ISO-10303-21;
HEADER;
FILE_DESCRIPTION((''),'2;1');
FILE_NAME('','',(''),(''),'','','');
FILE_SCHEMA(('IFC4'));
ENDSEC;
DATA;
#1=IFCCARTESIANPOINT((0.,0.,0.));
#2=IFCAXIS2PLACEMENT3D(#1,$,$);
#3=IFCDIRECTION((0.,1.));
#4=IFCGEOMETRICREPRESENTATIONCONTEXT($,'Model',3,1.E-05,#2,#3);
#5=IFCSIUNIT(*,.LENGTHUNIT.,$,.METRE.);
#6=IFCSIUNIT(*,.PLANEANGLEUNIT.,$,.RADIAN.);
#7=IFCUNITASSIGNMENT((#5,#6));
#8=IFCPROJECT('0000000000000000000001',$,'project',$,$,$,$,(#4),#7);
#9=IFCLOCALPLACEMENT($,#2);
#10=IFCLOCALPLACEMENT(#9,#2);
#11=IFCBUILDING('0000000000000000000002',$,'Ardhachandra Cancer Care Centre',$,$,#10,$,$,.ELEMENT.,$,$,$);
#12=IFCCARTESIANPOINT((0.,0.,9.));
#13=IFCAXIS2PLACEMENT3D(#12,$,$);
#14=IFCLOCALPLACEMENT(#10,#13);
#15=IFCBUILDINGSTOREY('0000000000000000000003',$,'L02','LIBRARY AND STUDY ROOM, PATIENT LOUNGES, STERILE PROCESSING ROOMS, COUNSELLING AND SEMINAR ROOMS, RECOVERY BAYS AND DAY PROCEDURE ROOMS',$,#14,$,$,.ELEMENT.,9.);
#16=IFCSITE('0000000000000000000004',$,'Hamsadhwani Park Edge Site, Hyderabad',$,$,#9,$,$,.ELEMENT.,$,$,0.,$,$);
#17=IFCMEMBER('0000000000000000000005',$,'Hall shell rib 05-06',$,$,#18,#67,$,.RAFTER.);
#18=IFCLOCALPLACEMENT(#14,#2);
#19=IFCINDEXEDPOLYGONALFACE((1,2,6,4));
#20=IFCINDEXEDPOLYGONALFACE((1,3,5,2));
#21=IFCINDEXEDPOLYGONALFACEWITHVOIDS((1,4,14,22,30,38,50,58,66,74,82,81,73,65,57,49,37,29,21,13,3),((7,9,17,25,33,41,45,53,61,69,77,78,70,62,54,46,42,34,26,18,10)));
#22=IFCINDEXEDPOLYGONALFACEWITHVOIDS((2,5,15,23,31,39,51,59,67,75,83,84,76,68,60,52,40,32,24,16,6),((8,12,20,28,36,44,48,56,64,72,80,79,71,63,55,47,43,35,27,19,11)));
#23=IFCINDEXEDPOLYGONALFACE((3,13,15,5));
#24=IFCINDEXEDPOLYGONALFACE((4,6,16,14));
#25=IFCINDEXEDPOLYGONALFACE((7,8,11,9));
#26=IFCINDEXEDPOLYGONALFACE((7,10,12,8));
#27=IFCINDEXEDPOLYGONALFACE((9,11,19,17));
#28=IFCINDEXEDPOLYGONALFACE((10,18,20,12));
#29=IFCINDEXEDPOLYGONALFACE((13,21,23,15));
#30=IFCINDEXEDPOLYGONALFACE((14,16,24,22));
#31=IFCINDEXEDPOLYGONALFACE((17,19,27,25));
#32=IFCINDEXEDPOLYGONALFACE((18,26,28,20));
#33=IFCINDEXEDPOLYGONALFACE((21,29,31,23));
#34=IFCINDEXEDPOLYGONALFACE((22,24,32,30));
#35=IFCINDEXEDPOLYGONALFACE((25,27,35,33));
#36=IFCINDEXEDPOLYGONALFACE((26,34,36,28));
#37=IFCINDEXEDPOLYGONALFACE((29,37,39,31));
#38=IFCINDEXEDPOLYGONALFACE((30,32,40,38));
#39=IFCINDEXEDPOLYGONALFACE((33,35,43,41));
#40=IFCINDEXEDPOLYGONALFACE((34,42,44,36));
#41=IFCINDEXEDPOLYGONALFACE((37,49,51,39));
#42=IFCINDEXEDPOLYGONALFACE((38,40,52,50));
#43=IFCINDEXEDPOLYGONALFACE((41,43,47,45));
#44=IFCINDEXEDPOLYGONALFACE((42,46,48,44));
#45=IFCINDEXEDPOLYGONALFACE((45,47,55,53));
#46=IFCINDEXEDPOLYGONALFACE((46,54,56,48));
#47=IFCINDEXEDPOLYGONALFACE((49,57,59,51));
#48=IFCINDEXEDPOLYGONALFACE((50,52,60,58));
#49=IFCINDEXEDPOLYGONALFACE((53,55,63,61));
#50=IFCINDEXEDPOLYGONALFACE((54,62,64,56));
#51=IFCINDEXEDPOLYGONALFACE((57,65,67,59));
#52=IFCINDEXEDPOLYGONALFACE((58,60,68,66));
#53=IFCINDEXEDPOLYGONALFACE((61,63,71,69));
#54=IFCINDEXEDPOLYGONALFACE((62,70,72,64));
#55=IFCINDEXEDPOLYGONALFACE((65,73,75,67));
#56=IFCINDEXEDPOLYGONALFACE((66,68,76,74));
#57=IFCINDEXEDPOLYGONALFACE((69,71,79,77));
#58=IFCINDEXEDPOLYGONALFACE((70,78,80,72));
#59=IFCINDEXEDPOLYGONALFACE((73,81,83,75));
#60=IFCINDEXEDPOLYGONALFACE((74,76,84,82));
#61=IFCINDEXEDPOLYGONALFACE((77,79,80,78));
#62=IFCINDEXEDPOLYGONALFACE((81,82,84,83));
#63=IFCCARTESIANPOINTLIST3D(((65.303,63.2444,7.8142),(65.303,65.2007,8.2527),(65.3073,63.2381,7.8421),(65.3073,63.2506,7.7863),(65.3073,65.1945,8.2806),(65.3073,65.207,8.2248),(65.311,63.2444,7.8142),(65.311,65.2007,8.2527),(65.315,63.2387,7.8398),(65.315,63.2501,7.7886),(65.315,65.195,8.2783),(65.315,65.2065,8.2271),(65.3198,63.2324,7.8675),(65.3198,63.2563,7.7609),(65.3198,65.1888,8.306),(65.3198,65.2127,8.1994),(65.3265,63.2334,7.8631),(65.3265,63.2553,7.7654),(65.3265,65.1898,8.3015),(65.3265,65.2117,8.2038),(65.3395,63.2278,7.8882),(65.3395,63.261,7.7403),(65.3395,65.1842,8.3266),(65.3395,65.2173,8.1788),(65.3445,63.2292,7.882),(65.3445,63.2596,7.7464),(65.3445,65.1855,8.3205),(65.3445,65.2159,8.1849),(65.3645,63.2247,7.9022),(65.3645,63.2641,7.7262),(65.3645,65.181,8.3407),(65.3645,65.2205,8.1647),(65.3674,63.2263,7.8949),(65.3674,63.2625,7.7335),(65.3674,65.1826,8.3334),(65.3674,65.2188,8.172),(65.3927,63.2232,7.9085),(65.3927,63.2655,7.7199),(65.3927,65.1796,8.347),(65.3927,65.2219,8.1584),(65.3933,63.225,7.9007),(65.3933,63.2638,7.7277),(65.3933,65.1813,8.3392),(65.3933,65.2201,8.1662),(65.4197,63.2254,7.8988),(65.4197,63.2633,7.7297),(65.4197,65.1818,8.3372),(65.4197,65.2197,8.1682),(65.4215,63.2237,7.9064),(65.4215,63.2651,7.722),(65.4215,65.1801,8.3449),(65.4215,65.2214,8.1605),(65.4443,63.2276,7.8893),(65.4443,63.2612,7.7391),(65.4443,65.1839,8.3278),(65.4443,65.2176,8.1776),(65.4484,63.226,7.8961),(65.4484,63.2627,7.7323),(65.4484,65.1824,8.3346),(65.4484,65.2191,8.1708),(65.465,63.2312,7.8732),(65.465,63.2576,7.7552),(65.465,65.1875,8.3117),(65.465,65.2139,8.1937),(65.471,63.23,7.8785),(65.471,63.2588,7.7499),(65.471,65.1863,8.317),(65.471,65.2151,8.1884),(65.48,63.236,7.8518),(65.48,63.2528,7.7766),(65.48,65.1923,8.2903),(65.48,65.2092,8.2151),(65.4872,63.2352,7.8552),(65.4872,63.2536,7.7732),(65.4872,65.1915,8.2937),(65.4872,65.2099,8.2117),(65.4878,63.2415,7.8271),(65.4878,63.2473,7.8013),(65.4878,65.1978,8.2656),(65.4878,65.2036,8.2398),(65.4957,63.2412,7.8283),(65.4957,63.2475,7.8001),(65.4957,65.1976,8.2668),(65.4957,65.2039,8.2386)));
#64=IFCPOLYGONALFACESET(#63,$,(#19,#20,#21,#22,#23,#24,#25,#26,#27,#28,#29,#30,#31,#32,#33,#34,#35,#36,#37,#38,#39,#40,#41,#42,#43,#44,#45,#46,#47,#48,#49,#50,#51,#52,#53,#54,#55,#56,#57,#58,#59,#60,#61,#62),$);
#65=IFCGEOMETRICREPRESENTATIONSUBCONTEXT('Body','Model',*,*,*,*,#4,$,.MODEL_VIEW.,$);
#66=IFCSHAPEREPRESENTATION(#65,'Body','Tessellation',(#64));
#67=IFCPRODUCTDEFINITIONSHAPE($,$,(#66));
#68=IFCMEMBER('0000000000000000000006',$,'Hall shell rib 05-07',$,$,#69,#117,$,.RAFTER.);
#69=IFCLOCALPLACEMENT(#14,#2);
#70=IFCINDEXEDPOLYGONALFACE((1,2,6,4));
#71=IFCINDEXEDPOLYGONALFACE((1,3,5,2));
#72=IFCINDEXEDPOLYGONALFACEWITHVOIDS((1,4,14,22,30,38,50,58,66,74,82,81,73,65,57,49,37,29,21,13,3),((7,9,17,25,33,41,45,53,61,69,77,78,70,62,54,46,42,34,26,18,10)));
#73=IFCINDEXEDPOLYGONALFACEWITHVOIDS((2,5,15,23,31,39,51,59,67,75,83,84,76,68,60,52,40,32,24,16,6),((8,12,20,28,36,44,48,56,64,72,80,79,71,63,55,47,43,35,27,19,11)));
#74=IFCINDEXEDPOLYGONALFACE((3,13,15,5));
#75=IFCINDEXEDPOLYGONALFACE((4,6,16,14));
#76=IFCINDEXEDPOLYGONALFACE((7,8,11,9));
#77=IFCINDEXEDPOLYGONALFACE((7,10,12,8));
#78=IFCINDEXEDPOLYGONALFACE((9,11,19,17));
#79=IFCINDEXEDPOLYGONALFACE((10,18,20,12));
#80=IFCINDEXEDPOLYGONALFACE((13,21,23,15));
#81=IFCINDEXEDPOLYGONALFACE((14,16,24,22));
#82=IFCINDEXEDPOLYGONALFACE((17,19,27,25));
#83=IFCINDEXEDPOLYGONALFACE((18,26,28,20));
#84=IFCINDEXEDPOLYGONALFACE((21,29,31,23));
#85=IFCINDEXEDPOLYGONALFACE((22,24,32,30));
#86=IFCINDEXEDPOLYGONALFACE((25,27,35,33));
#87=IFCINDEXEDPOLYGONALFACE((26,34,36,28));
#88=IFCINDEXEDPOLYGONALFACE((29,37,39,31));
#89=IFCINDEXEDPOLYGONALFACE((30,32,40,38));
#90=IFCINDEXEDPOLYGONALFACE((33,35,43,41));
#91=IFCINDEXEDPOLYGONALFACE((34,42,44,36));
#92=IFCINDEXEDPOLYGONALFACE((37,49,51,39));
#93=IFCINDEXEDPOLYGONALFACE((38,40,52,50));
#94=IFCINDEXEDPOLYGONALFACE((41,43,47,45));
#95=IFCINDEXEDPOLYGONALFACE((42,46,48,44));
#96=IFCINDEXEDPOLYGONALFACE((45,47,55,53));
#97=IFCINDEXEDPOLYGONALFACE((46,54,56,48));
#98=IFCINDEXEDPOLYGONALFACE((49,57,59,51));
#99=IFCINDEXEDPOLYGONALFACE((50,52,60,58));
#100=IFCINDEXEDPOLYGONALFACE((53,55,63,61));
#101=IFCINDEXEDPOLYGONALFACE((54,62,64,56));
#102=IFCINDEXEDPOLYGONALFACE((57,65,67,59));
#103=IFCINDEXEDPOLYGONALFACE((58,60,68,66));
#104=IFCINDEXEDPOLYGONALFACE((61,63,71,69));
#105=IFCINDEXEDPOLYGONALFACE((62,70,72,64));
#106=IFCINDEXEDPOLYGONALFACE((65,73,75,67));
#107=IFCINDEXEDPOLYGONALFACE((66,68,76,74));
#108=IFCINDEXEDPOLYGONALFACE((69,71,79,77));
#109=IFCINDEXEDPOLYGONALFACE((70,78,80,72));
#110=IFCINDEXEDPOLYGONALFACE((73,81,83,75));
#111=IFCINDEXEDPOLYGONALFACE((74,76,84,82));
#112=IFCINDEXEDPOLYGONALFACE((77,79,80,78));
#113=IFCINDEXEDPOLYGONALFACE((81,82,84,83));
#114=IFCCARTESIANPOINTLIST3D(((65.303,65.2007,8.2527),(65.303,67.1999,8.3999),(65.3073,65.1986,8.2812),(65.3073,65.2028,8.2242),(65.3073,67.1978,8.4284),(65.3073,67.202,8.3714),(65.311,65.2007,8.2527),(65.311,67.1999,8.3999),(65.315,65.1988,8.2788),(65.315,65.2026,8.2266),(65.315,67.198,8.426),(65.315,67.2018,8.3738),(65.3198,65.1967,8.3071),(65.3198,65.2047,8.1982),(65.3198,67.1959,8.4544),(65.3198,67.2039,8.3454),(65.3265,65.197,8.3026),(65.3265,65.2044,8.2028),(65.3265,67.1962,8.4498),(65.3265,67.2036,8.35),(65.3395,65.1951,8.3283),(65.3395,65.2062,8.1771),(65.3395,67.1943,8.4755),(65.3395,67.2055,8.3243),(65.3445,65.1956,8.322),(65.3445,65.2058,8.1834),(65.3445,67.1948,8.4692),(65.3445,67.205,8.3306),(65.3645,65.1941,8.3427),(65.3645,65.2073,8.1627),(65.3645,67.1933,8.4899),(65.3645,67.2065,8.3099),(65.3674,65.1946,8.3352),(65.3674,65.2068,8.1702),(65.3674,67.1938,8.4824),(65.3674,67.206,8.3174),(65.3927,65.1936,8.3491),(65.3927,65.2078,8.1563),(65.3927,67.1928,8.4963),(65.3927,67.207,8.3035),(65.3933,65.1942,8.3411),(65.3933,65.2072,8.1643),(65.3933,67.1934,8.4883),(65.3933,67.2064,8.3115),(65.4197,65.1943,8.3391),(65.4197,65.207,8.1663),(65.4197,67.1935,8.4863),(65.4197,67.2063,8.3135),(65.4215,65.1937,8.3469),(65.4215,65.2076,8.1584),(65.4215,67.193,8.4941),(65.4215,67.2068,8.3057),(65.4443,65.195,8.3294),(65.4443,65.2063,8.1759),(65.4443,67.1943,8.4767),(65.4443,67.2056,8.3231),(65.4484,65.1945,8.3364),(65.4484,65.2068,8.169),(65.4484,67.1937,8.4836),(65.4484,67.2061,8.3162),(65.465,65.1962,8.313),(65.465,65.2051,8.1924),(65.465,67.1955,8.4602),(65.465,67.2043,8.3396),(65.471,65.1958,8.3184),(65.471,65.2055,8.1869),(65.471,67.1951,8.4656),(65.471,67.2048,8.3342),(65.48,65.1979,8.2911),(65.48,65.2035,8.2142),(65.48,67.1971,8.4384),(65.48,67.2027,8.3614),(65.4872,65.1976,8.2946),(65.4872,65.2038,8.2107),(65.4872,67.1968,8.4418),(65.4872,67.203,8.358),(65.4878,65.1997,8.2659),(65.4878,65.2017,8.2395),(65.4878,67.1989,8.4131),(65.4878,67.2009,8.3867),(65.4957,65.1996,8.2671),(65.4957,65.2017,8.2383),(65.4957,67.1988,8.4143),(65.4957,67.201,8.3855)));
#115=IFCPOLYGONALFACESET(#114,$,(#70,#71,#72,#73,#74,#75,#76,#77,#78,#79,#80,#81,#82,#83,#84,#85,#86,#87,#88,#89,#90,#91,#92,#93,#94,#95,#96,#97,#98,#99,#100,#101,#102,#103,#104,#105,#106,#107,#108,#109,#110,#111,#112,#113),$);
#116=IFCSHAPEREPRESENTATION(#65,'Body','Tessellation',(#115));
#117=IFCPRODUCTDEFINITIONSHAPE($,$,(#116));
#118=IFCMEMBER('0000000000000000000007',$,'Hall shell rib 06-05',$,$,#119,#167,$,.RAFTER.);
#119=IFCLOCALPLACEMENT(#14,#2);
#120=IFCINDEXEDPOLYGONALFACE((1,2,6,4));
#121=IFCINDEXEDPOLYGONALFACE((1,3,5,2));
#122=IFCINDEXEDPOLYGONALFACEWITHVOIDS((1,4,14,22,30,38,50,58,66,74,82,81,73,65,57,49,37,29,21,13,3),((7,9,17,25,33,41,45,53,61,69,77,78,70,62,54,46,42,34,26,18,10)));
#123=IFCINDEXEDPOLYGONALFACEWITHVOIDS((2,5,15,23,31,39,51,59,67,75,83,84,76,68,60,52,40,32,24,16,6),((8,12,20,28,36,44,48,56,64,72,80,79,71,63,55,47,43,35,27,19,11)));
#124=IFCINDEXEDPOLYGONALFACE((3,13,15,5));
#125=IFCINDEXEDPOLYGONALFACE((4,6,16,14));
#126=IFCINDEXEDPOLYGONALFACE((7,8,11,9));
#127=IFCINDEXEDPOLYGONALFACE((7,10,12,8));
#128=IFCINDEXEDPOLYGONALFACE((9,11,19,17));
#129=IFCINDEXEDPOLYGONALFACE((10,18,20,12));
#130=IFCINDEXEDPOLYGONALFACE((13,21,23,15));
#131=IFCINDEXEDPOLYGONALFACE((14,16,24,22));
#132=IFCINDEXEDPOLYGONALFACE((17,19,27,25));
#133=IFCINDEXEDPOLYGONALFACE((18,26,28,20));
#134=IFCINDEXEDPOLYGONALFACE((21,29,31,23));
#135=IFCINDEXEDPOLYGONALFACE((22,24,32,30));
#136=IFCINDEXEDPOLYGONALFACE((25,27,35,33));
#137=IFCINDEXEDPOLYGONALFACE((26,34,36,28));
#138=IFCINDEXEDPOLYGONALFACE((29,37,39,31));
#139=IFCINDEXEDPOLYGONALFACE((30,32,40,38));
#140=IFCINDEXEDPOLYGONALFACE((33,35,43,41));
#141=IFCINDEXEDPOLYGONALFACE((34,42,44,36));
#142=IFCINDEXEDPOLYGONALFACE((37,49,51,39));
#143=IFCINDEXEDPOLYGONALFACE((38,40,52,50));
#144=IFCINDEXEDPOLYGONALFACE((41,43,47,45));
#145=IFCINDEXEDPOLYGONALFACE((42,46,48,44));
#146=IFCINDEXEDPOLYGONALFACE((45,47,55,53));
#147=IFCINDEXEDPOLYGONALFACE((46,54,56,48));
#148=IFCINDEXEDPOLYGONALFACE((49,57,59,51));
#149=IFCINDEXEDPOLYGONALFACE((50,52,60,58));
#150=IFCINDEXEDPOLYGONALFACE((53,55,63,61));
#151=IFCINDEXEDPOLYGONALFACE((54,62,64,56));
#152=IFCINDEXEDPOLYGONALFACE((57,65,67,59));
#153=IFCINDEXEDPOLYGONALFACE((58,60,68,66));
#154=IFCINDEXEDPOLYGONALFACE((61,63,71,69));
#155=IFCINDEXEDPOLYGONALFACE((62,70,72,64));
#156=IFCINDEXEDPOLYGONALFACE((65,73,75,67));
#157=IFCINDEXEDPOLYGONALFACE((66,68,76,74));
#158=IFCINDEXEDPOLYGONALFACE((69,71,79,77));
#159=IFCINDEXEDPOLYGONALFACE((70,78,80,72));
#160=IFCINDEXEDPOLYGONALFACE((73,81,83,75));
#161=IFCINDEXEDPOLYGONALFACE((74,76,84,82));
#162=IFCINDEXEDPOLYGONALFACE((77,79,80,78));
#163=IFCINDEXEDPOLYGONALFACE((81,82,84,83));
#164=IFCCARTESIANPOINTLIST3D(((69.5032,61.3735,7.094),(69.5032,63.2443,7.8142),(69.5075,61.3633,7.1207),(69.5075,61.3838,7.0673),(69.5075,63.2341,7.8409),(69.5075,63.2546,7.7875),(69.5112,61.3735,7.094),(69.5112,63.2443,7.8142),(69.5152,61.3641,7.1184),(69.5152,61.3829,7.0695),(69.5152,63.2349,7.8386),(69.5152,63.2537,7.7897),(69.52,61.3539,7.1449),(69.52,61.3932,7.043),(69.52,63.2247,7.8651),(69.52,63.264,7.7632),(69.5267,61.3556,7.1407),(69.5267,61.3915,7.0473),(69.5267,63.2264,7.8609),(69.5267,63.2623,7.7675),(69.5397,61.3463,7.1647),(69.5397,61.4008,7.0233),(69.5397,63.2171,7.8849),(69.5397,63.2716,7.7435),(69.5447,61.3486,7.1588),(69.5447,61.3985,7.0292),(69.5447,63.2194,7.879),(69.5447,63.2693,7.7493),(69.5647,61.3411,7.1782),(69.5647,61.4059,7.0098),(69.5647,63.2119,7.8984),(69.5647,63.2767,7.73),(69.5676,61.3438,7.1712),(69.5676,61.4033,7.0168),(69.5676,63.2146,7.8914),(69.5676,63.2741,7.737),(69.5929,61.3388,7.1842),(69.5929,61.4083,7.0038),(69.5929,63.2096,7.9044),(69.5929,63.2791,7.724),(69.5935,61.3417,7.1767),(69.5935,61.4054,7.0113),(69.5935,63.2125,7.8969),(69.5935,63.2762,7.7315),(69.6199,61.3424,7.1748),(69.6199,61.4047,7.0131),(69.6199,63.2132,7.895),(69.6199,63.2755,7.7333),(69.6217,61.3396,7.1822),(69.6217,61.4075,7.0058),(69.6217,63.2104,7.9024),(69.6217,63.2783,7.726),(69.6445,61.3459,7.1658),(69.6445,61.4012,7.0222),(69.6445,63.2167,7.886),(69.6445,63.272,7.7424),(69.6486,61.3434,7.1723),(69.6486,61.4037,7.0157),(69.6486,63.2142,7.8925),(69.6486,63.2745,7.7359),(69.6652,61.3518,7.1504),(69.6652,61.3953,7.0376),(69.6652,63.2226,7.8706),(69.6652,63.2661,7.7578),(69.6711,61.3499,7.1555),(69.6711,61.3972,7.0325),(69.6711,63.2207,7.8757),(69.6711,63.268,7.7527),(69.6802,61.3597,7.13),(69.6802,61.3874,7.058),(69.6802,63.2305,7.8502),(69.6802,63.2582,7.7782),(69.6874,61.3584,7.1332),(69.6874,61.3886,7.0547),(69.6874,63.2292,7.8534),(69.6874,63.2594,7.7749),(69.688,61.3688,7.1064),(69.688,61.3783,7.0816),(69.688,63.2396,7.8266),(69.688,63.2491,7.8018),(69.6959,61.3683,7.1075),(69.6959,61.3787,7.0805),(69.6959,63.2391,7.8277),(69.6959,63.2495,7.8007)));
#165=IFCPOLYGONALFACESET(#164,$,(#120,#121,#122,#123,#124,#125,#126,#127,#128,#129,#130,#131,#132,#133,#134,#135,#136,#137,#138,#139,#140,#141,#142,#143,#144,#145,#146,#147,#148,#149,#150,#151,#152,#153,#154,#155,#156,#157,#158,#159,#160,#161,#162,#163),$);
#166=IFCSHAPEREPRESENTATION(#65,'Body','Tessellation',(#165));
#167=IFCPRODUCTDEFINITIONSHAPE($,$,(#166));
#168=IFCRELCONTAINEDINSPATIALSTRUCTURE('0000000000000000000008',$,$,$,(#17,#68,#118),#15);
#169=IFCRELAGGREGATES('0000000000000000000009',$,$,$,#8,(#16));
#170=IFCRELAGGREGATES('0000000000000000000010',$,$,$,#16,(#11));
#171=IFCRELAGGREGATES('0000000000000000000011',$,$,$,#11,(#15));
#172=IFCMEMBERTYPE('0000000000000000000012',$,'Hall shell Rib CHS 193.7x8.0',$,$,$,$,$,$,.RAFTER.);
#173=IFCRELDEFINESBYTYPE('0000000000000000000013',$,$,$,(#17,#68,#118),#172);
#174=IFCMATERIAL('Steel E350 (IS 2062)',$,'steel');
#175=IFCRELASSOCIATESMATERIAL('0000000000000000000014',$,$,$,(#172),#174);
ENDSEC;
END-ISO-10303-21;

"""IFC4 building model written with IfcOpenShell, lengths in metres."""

from ifc_helpers import new_model, si_unit, direction, frame, origin, origin_2d, place, context, subcontext, project, spatial, hollow_circle, extrude, material, material_profile, profile_set, type_object, element, save


model = new_model("IFC4")

# Units and contexts
model_context = context("Model", 3, precision=1e-05, world=origin(), true_north=direction((0.0, 1.0)))
body_context = subcontext(model_context, "Body", "Model", "MODEL_VIEW")
ifc_project = project(units=[si_unit("LENGTHUNIT", "METRE"), si_unit("PLANEANGLEUNIT", "RADIAN")], contexts=[model_context])

# Site, building, storey
site_placement = place(None, origin())
site = spatial("IfcSite", under=ifc_project, at=site_placement, Name="Hamsadhwani Park Edge Site, Hyderabad", CompositionType="ELEMENT", RefElevation=0.0)
building_placement = place(site_placement, origin())
building = spatial("IfcBuilding", under=site, at=building_placement, Name="Ardhachandra Cancer Care Centre", CompositionType="ELEMENT")
storey_placement = place(building_placement, frame((0.0, 0.0, 9.0)))
storey = spatial("IfcBuildingStorey", under=building, at=storey_placement, Name="L02", Description="LIBRARY AND STUDY ROOM, PATIENT LOUNGES, STERILE PROCESSING ROOMS, COUNSELLING AND SEMINAR ROOMS, RECOVERY BAYS AND DAY PROCEDURE ROOMS", CompositionType="ELEMENT", Elevation=9.0)

# Members
ifc_material_1 = material(Name="Steel E350 (IS 2062)", Category="steel")
ifc_material_profile_1 = material_profile(ifc_material_1, hollow_circle(Radius=0.0969, WallThickness=0.0081, at=origin_2d()), Name="CHS 193.7x8.0")
ifc_profile_set_1 = profile_set([ifc_material_profile_1], Name="Steel E350 (IS 2062)")
member_type_1 = type_object("IfcMemberType", Name="Hall shell Rib CHS 193.7x8.0", PredefinedType="RAFTER", material=ifc_profile_set_1)
member_1_placement = place(storey_placement, frame((65.3999, 63.2444, 7.8142), z_axis=(0.0, 0.97579, 0.218709), x_axis=(-1.0, 0.0, 0.0)))
element("IfcMember", 1, at=member_1_placement, inside=storey, type_object=member_type_1, Name="Hall shell rib 05-06", PredefinedType="RAFTER", context=body_context, shape_type="SweptSolid", body=[
    extrude(hollow_circle(Radius=0.0969, WallThickness=0.0081, at=origin_2d()), origin(), (0.0, 0.0, 1.0), 2.0049),
])
for number, where, z_axis, x_axis, name in (
    (2, (65.3999, 65.2007, 8.2527), (0.0, 0.9973, 0.073437), (-1.0, 0.0, 0.0), "Hall shell rib 05-07"),
    (3, (69.6001, 61.3735, 7.094), (0.0, 0.933236, 0.359265), (-1.0, 0.0, 0.0), "Hall shell rib 06-05"),
):
    element("IfcMember", number, at=place(storey_placement, frame(where, z_axis=z_axis, x_axis=x_axis)), inside=storey, type_object=member_type_1, Name=name, PredefinedType="RAFTER", context=body_context, shape_type="SweptSolid", body=[
        extrude(hollow_circle(Radius=0.0969, WallThickness=0.0081, at=origin_2d()), origin(), (0.0, 0.0, 1.0), 2.0046),
    ])

save(model, "model.ifc")
